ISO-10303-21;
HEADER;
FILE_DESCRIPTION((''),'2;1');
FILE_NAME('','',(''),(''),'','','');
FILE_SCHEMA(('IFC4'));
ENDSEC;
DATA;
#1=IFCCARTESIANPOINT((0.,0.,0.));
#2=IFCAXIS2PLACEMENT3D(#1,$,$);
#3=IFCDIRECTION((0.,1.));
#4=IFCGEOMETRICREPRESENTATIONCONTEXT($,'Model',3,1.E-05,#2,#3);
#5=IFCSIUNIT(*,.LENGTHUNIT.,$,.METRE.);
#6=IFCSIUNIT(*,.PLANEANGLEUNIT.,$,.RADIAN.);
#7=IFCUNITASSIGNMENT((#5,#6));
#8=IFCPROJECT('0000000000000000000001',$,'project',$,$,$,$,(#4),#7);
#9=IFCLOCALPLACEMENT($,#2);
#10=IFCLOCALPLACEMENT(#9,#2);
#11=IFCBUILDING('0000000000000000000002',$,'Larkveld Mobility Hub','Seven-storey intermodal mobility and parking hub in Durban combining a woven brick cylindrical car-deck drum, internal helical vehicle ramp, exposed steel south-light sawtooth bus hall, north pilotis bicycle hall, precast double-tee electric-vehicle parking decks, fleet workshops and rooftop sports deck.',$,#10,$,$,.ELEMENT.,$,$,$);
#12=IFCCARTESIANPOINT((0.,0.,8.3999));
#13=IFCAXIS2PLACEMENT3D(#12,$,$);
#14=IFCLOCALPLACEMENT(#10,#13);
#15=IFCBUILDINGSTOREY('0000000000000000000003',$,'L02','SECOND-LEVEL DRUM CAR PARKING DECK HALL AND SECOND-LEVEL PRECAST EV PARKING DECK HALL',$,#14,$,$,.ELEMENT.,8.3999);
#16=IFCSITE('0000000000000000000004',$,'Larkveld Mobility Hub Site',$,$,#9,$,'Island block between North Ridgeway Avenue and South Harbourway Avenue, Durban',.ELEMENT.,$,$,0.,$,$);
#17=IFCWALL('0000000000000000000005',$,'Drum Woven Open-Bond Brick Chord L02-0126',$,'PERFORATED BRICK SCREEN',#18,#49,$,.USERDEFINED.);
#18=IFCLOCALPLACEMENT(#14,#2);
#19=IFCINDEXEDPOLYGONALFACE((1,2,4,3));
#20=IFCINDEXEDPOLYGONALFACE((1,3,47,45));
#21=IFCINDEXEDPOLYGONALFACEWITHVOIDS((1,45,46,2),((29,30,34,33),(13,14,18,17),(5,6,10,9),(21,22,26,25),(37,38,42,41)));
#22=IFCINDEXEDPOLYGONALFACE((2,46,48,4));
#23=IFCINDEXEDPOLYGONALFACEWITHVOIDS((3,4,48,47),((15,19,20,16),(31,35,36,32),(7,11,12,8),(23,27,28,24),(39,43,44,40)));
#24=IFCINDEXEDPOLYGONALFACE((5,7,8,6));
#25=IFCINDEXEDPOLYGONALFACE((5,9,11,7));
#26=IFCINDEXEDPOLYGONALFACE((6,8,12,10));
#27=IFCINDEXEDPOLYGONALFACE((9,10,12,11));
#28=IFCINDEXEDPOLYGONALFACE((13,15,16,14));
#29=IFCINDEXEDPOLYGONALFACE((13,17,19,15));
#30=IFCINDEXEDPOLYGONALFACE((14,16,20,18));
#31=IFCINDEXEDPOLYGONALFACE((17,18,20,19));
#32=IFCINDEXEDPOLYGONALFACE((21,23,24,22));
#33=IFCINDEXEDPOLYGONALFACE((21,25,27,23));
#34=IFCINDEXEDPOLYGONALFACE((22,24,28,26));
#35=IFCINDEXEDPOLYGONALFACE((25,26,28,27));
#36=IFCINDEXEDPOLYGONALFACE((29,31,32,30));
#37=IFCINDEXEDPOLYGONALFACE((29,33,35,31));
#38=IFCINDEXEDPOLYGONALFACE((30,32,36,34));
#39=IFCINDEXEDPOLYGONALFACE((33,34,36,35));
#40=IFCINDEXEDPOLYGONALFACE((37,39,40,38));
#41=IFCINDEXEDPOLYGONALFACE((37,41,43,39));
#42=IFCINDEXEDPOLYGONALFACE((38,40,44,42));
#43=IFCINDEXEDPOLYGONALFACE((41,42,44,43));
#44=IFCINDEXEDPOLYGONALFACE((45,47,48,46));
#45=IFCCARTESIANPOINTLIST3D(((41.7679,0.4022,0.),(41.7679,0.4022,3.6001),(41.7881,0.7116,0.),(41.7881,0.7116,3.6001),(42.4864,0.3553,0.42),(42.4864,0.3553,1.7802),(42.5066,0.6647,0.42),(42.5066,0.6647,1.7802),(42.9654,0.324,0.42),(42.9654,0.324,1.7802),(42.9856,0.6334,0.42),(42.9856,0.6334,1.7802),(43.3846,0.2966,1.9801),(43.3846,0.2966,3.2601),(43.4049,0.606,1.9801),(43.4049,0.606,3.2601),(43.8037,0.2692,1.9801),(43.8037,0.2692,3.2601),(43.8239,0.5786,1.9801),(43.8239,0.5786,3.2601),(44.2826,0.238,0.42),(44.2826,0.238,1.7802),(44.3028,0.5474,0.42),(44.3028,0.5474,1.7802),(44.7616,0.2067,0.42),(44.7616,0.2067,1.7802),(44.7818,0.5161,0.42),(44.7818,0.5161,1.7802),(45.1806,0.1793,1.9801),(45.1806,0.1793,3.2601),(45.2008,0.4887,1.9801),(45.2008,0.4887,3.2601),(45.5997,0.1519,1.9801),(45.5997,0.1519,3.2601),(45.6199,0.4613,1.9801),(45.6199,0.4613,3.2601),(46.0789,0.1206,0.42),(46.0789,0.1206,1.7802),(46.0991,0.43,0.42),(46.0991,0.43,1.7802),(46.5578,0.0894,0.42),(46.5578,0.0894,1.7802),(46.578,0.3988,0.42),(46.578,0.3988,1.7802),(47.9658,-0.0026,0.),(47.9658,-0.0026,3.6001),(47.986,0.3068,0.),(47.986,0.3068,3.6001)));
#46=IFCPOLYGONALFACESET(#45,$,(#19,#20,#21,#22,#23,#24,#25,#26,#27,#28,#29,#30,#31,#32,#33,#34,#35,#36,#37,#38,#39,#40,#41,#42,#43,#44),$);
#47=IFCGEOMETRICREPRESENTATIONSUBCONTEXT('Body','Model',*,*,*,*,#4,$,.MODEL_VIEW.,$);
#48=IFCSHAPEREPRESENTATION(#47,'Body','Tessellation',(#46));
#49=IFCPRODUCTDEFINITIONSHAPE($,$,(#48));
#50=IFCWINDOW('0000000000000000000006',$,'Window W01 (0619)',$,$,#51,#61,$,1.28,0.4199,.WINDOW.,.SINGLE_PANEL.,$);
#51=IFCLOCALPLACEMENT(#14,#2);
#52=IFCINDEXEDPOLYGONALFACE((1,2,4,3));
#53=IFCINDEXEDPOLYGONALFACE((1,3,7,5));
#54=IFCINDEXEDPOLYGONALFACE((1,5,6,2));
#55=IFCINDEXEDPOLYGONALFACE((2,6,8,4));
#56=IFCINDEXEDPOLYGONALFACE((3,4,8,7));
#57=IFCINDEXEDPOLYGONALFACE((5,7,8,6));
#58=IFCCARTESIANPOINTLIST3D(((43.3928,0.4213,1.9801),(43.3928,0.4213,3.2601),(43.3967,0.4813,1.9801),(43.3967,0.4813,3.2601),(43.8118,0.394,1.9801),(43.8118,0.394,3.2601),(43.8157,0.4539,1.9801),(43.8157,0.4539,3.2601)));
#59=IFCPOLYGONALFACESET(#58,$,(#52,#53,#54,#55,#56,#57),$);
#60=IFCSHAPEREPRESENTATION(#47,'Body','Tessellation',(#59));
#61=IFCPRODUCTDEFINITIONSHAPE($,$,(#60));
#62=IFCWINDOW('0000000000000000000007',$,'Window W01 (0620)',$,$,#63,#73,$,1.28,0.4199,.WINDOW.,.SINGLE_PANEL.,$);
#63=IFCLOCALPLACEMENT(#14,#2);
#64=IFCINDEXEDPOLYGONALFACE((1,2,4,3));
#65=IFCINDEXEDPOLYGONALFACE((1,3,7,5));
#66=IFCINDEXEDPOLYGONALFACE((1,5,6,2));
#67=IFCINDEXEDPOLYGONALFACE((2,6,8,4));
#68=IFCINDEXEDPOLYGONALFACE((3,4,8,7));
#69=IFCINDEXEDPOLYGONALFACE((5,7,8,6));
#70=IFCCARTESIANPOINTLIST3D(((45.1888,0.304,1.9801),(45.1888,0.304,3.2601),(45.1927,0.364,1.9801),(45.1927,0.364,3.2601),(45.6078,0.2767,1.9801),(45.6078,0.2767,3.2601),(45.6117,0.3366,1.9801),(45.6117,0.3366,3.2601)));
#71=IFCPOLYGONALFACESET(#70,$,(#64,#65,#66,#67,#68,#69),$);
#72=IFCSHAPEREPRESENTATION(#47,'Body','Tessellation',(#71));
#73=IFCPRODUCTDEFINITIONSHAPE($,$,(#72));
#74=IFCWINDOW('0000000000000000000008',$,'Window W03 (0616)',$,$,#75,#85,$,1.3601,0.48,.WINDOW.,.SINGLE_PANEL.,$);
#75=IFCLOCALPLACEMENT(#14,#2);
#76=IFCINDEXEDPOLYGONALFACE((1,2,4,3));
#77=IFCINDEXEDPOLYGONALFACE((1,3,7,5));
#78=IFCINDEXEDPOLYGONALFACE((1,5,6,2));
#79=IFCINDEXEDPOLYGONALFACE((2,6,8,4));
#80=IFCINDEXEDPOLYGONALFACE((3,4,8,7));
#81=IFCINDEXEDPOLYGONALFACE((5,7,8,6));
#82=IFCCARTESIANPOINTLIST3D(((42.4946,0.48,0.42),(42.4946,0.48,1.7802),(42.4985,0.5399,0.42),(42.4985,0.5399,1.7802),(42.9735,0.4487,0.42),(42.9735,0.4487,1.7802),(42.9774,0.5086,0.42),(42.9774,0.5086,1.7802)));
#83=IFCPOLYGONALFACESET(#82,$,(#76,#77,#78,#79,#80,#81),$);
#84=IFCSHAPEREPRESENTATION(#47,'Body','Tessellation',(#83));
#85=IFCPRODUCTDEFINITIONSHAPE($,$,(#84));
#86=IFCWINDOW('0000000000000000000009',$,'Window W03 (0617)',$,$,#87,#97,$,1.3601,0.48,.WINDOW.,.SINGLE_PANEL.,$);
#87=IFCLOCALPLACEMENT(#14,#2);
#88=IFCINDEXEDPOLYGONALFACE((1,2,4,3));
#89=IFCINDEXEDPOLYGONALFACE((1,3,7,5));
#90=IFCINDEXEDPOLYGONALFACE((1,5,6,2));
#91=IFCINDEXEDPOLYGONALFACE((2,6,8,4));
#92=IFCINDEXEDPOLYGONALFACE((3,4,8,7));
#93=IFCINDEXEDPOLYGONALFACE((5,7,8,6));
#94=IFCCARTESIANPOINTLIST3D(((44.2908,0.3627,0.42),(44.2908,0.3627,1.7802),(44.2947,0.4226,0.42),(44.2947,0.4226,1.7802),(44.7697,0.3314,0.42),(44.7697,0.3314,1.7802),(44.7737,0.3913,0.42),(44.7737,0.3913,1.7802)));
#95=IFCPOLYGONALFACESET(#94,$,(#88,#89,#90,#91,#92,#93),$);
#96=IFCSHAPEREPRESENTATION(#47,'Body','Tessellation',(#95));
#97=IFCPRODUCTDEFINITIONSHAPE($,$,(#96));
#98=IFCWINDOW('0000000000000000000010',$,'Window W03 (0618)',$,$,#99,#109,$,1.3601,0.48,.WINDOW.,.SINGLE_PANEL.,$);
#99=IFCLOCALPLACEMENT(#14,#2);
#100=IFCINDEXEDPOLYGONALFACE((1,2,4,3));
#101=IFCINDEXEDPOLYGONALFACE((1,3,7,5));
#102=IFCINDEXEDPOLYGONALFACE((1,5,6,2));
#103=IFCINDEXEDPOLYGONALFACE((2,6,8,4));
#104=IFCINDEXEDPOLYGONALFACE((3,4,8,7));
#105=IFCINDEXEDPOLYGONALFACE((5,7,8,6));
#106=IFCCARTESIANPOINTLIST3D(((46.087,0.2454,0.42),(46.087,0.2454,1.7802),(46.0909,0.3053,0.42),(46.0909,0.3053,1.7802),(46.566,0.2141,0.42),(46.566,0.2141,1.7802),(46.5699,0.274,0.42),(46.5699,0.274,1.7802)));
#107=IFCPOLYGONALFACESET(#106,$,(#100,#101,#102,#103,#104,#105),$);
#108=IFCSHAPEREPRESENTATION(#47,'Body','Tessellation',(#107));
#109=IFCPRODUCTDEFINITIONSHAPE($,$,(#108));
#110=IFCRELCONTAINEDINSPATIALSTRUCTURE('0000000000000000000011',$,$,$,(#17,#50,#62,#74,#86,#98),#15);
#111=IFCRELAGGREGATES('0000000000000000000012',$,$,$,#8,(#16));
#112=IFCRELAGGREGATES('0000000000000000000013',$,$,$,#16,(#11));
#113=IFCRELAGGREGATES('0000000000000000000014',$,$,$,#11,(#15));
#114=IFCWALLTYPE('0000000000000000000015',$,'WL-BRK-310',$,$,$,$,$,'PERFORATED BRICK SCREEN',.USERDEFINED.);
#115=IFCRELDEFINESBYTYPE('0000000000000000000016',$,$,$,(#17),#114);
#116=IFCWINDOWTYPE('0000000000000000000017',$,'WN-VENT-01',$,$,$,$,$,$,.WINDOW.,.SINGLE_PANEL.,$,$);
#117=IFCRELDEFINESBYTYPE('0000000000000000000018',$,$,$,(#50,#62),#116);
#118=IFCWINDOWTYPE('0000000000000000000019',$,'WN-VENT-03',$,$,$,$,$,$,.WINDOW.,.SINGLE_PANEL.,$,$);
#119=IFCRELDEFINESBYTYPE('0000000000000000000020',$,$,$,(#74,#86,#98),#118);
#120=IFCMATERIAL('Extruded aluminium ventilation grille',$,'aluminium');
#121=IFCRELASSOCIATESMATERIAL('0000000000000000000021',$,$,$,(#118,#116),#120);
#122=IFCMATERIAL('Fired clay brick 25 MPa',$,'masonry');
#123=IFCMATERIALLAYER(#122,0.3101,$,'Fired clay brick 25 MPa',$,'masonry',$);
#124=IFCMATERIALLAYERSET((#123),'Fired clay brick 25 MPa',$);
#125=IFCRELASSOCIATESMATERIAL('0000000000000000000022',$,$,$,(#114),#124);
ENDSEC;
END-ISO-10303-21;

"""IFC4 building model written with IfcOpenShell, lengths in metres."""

from ifc_helpers import new_model, si_unit, direction, frame, frame_2d, origin, place, context, subcontext, project, spatial, rectangle, extrude, material, layer, layer_set, type_object, element, fill, save


model = new_model("IFC4")

# Units and contexts
model_context = context("Model", 3, precision=1e-05, world=origin(), true_north=direction((0.0, 1.0)))
body_context = subcontext(model_context, "Body", "Model", "MODEL_VIEW")
ifc_project = project(units=[si_unit("LENGTHUNIT", "METRE"), si_unit("PLANEANGLEUNIT", "RADIAN")], contexts=[model_context])

# Site, building, storey
site_placement = place(None, origin())
site = spatial("IfcSite", under=ifc_project, at=site_placement, Name="Larkveld Mobility Hub Site", LongName="Island block between North Ridgeway Avenue and South Harbourway Avenue, Durban", CompositionType="ELEMENT", RefElevation=0.0)
building_placement = place(site_placement, origin())
building = spatial("IfcBuilding", under=site, at=building_placement, Name="Larkveld Mobility Hub", Description="Seven-storey intermodal mobility and parking hub in Durban combining a woven brick cylindrical car-deck drum, internal helical vehicle ramp, exposed steel south-light sawtooth bus hall, north pilotis bicycle hall, precast double-tee electric-vehicle parking decks, fleet workshops and rooftop sports deck.", CompositionType="ELEMENT")
storey_placement = place(building_placement, frame((0.0, 0.0, 8.3999)))
storey = spatial("IfcBuildingStorey", under=building, at=storey_placement, Name="L02", Description="SECOND-LEVEL DRUM CAR PARKING DECK HALL AND SECOND-LEVEL PRECAST EV PARKING DECK HALL", CompositionType="ELEMENT", Elevation=8.3999)

# Wall, openings, windows
ifc_material_1 = material(Name="Fired clay brick 25 MPa", Category="masonry")
ifc_material_2 = material(Name="Extruded aluminium ventilation grille", Category="aluminium")
window_type_1 = type_object("IfcWindowType", Name="WN-VENT-03", PartitioningType="SINGLE_PANEL", PredefinedType="WINDOW", material=ifc_material_2)
ifc_layer_1 = layer(ifc_material_1, 0.3101, Name="Fired clay brick 25 MPa", Category="masonry")
ifc_layer_set_1 = layer_set([ifc_layer_1], Name="Fired clay brick 25 MPa")
wall_type_1 = type_object("IfcWallType", Name="WL-BRK-310", ElementType="PERFORATED BRICK SCREEN", PredefinedType="USERDEFINED", material=ifc_layer_set_1)
wall_1_placement = place(storey_placement, frame((41.7781, 0.5569, 0.0), z_axis=(0.0, 0.0, 1.0), x_axis=(0.997874, -0.06517, 0.0)))
wall_1 = element("IfcWall", 1, at=wall_1_placement, inside=storey, type_object=wall_type_1, Name="Drum Woven Open-Bond Brick Chord L02-0126", ObjectType="PERFORATED BRICK SCREEN", PredefinedType="USERDEFINED", context=body_context, shape_type="SweptSolid", body=[
    extrude(rectangle(XDim=6.2112, YDim=0.3101, at=frame_2d((3.1055, 0.0))), origin(), (0.0, 0.0, 1.0), 3.6001),
])
opening_1_placement = place(wall_1_placement, frame((0.72, 0.0, 0.4199)))
opening_1 = element("IfcOpeningElement", 2, at=opening_1_placement, cuts=wall_1, PredefinedType="OPENING", context=body_context, shape_type="SweptSolid", body=[
    extrude(rectangle(XDim=0.48, YDim=1.3601, at=frame_2d((0.24, 0.6802))), frame((0.0, 0.165, 0.0), z_axis=(0.0, -1.0, 0.0), x_axis=(1.0, 0.0, 0.0)), (0.0, 0.0, 1.0), 0.3301),
])
opening_2_placement = place(wall_1_placement, frame((2.52, 0.0, 0.4199)))
opening_2 = element("IfcOpeningElement", 3, at=opening_2_placement, cuts=wall_1, PredefinedType="OPENING", context=body_context, shape_type="SweptSolid", body=[
    extrude(rectangle(XDim=0.48, YDim=1.3601, at=frame_2d((0.24, 0.6802))), frame((0.0, 0.165, 0.0), z_axis=(0.0, -1.0, 0.0), x_axis=(1.0, 0.0, 0.0)), (0.0, 0.0, 1.0), 0.3301),
])
opening_3_placement = place(wall_1_placement, frame((4.3201, 0.0, 0.4199)))
opening_3 = element("IfcOpeningElement", 4, at=opening_3_placement, cuts=wall_1, PredefinedType="OPENING", context=body_context, shape_type="SweptSolid", body=[
    extrude(rectangle(XDim=0.48, YDim=1.3601, at=frame_2d((0.24, 0.6802))), frame((0.0, 0.165, 0.0), z_axis=(0.0, -1.0, 0.0), x_axis=(1.0, 0.0, 0.0)), (0.0, 0.0, 1.0), 0.3301),
])
opening_4_placement = place(wall_1_placement, frame((1.6201, 0.0, 1.98)))
opening_4 = element("IfcOpeningElement", 5, at=opening_4_placement, cuts=wall_1, PredefinedType="OPENING", context=body_context, shape_type="SweptSolid", body=[
    extrude(rectangle(XDim=0.4199, YDim=1.28, at=frame_2d((0.21, 0.6401))), frame((0.0, 0.165, 0.0), z_axis=(0.0, -1.0, 0.0), x_axis=(1.0, 0.0, 0.0)), (0.0, 0.0, 1.0), 0.3301),
])
opening_5_placement = place(wall_1_placement, frame((3.4199, 0.0, 1.98)))
opening_5 = element("IfcOpeningElement", 6, at=opening_5_placement, cuts=wall_1, PredefinedType="OPENING", context=body_context, shape_type="SweptSolid", body=[
    extrude(rectangle(XDim=0.4199, YDim=1.28, at=frame_2d((0.21, 0.6401))), frame((0.0, 0.165, 0.0), z_axis=(0.0, -1.0, 0.0), x_axis=(1.0, 0.0, 0.0)), (0.0, 0.0, 1.0), 0.3301),
])
window_type_2 = type_object("IfcWindowType", Name="WN-VENT-01", PartitioningType="SINGLE_PANEL", PredefinedType="WINDOW", material=ifc_material_2)
window_1_placement = place(opening_4_placement, origin())
window_1 = element("IfcWindow", 7, at=window_1_placement, inside=storey, type_object=window_type_2, Name="Window W01 (0619)", OverallHeight=1.28, OverallWidth=0.4199, PartitioningType="SINGLE_PANEL", PredefinedType="WINDOW", context=body_context, shape_type="SweptSolid", body=[
    extrude(rectangle(XDim=0.4199, YDim=1.28, at=frame_2d((0.21, 0.6401))), frame((0.0, 0.03, 0.0), z_axis=(0.0, -1.0, 0.0), x_axis=(1.0, 0.0, 0.0)), (0.0, 0.0, 1.0), 0.0601),
])
fill(opening_4, window_1)
window_2_placement = place(opening_5_placement, origin())
window_2 = element("IfcWindow", 8, at=window_2_placement, inside=storey, type_object=window_type_2, Name="Window W01 (0620)", OverallHeight=1.28, OverallWidth=0.4199, PartitioningType="SINGLE_PANEL", PredefinedType="WINDOW", context=body_context, shape_type="SweptSolid", body=[
    extrude(rectangle(XDim=0.4199, YDim=1.28, at=frame_2d((0.21, 0.6401))), frame((0.0, 0.03, 0.0), z_axis=(0.0, -1.0, 0.0), x_axis=(1.0, 0.0, 0.0)), (0.0, 0.0, 1.0), 0.0601),
])
fill(opening_5, window_2)
window_3_placement = place(opening_1_placement, origin())
window_3 = element("IfcWindow", 9, at=window_3_placement, inside=storey, type_object=window_type_1, Name="Window W03 (0616)", OverallHeight=1.3601, OverallWidth=0.48, PartitioningType="SINGLE_PANEL", PredefinedType="WINDOW", context=body_context, shape_type="SweptSolid", body=[
    extrude(rectangle(XDim=0.48, YDim=1.3601, at=frame_2d((0.24, 0.6802))), frame((0.0, 0.03, 0.0), z_axis=(0.0, -1.0, 0.0), x_axis=(1.0, 0.0, 0.0)), (0.0, 0.0, 1.0), 0.0601),
])
fill(opening_1, window_3)
window_4_placement = place(opening_2_placement, origin())
window_4 = element("IfcWindow", 10, at=window_4_placement, inside=storey, type_object=window_type_1, Name="Window W03 (0617)", OverallHeight=1.3601, OverallWidth=0.48, PartitioningType="SINGLE_PANEL", PredefinedType="WINDOW", context=body_context, shape_type="SweptSolid", body=[
    extrude(rectangle(XDim=0.48, YDim=1.3601, at=frame_2d((0.24, 0.6802))), frame((0.0, 0.03, 0.0), z_axis=(0.0, -1.0, 0.0), x_axis=(1.0, 0.0, 0.0)), (0.0, 0.0, 1.0), 0.0601),
])
fill(opening_2, window_4)
window_5_placement = place(opening_3_placement, origin())
window_5 = element("IfcWindow", 11, at=window_5_placement, inside=storey, type_object=window_type_1, Name="Window W03 (0618)", OverallHeight=1.3601, OverallWidth=0.48, PartitioningType="SINGLE_PANEL", PredefinedType="WINDOW", context=body_context, shape_type="SweptSolid", body=[
    extrude(rectangle(XDim=0.48, YDim=1.3601, at=frame_2d((0.24, 0.6802))), frame((0.0, 0.03, 0.0), z_axis=(0.0, -1.0, 0.0), x_axis=(1.0, 0.0, 0.0)), (0.0, 0.0, 1.0), 0.0601),
])
fill(opening_3, window_5)

save(model, "model.ifc")
